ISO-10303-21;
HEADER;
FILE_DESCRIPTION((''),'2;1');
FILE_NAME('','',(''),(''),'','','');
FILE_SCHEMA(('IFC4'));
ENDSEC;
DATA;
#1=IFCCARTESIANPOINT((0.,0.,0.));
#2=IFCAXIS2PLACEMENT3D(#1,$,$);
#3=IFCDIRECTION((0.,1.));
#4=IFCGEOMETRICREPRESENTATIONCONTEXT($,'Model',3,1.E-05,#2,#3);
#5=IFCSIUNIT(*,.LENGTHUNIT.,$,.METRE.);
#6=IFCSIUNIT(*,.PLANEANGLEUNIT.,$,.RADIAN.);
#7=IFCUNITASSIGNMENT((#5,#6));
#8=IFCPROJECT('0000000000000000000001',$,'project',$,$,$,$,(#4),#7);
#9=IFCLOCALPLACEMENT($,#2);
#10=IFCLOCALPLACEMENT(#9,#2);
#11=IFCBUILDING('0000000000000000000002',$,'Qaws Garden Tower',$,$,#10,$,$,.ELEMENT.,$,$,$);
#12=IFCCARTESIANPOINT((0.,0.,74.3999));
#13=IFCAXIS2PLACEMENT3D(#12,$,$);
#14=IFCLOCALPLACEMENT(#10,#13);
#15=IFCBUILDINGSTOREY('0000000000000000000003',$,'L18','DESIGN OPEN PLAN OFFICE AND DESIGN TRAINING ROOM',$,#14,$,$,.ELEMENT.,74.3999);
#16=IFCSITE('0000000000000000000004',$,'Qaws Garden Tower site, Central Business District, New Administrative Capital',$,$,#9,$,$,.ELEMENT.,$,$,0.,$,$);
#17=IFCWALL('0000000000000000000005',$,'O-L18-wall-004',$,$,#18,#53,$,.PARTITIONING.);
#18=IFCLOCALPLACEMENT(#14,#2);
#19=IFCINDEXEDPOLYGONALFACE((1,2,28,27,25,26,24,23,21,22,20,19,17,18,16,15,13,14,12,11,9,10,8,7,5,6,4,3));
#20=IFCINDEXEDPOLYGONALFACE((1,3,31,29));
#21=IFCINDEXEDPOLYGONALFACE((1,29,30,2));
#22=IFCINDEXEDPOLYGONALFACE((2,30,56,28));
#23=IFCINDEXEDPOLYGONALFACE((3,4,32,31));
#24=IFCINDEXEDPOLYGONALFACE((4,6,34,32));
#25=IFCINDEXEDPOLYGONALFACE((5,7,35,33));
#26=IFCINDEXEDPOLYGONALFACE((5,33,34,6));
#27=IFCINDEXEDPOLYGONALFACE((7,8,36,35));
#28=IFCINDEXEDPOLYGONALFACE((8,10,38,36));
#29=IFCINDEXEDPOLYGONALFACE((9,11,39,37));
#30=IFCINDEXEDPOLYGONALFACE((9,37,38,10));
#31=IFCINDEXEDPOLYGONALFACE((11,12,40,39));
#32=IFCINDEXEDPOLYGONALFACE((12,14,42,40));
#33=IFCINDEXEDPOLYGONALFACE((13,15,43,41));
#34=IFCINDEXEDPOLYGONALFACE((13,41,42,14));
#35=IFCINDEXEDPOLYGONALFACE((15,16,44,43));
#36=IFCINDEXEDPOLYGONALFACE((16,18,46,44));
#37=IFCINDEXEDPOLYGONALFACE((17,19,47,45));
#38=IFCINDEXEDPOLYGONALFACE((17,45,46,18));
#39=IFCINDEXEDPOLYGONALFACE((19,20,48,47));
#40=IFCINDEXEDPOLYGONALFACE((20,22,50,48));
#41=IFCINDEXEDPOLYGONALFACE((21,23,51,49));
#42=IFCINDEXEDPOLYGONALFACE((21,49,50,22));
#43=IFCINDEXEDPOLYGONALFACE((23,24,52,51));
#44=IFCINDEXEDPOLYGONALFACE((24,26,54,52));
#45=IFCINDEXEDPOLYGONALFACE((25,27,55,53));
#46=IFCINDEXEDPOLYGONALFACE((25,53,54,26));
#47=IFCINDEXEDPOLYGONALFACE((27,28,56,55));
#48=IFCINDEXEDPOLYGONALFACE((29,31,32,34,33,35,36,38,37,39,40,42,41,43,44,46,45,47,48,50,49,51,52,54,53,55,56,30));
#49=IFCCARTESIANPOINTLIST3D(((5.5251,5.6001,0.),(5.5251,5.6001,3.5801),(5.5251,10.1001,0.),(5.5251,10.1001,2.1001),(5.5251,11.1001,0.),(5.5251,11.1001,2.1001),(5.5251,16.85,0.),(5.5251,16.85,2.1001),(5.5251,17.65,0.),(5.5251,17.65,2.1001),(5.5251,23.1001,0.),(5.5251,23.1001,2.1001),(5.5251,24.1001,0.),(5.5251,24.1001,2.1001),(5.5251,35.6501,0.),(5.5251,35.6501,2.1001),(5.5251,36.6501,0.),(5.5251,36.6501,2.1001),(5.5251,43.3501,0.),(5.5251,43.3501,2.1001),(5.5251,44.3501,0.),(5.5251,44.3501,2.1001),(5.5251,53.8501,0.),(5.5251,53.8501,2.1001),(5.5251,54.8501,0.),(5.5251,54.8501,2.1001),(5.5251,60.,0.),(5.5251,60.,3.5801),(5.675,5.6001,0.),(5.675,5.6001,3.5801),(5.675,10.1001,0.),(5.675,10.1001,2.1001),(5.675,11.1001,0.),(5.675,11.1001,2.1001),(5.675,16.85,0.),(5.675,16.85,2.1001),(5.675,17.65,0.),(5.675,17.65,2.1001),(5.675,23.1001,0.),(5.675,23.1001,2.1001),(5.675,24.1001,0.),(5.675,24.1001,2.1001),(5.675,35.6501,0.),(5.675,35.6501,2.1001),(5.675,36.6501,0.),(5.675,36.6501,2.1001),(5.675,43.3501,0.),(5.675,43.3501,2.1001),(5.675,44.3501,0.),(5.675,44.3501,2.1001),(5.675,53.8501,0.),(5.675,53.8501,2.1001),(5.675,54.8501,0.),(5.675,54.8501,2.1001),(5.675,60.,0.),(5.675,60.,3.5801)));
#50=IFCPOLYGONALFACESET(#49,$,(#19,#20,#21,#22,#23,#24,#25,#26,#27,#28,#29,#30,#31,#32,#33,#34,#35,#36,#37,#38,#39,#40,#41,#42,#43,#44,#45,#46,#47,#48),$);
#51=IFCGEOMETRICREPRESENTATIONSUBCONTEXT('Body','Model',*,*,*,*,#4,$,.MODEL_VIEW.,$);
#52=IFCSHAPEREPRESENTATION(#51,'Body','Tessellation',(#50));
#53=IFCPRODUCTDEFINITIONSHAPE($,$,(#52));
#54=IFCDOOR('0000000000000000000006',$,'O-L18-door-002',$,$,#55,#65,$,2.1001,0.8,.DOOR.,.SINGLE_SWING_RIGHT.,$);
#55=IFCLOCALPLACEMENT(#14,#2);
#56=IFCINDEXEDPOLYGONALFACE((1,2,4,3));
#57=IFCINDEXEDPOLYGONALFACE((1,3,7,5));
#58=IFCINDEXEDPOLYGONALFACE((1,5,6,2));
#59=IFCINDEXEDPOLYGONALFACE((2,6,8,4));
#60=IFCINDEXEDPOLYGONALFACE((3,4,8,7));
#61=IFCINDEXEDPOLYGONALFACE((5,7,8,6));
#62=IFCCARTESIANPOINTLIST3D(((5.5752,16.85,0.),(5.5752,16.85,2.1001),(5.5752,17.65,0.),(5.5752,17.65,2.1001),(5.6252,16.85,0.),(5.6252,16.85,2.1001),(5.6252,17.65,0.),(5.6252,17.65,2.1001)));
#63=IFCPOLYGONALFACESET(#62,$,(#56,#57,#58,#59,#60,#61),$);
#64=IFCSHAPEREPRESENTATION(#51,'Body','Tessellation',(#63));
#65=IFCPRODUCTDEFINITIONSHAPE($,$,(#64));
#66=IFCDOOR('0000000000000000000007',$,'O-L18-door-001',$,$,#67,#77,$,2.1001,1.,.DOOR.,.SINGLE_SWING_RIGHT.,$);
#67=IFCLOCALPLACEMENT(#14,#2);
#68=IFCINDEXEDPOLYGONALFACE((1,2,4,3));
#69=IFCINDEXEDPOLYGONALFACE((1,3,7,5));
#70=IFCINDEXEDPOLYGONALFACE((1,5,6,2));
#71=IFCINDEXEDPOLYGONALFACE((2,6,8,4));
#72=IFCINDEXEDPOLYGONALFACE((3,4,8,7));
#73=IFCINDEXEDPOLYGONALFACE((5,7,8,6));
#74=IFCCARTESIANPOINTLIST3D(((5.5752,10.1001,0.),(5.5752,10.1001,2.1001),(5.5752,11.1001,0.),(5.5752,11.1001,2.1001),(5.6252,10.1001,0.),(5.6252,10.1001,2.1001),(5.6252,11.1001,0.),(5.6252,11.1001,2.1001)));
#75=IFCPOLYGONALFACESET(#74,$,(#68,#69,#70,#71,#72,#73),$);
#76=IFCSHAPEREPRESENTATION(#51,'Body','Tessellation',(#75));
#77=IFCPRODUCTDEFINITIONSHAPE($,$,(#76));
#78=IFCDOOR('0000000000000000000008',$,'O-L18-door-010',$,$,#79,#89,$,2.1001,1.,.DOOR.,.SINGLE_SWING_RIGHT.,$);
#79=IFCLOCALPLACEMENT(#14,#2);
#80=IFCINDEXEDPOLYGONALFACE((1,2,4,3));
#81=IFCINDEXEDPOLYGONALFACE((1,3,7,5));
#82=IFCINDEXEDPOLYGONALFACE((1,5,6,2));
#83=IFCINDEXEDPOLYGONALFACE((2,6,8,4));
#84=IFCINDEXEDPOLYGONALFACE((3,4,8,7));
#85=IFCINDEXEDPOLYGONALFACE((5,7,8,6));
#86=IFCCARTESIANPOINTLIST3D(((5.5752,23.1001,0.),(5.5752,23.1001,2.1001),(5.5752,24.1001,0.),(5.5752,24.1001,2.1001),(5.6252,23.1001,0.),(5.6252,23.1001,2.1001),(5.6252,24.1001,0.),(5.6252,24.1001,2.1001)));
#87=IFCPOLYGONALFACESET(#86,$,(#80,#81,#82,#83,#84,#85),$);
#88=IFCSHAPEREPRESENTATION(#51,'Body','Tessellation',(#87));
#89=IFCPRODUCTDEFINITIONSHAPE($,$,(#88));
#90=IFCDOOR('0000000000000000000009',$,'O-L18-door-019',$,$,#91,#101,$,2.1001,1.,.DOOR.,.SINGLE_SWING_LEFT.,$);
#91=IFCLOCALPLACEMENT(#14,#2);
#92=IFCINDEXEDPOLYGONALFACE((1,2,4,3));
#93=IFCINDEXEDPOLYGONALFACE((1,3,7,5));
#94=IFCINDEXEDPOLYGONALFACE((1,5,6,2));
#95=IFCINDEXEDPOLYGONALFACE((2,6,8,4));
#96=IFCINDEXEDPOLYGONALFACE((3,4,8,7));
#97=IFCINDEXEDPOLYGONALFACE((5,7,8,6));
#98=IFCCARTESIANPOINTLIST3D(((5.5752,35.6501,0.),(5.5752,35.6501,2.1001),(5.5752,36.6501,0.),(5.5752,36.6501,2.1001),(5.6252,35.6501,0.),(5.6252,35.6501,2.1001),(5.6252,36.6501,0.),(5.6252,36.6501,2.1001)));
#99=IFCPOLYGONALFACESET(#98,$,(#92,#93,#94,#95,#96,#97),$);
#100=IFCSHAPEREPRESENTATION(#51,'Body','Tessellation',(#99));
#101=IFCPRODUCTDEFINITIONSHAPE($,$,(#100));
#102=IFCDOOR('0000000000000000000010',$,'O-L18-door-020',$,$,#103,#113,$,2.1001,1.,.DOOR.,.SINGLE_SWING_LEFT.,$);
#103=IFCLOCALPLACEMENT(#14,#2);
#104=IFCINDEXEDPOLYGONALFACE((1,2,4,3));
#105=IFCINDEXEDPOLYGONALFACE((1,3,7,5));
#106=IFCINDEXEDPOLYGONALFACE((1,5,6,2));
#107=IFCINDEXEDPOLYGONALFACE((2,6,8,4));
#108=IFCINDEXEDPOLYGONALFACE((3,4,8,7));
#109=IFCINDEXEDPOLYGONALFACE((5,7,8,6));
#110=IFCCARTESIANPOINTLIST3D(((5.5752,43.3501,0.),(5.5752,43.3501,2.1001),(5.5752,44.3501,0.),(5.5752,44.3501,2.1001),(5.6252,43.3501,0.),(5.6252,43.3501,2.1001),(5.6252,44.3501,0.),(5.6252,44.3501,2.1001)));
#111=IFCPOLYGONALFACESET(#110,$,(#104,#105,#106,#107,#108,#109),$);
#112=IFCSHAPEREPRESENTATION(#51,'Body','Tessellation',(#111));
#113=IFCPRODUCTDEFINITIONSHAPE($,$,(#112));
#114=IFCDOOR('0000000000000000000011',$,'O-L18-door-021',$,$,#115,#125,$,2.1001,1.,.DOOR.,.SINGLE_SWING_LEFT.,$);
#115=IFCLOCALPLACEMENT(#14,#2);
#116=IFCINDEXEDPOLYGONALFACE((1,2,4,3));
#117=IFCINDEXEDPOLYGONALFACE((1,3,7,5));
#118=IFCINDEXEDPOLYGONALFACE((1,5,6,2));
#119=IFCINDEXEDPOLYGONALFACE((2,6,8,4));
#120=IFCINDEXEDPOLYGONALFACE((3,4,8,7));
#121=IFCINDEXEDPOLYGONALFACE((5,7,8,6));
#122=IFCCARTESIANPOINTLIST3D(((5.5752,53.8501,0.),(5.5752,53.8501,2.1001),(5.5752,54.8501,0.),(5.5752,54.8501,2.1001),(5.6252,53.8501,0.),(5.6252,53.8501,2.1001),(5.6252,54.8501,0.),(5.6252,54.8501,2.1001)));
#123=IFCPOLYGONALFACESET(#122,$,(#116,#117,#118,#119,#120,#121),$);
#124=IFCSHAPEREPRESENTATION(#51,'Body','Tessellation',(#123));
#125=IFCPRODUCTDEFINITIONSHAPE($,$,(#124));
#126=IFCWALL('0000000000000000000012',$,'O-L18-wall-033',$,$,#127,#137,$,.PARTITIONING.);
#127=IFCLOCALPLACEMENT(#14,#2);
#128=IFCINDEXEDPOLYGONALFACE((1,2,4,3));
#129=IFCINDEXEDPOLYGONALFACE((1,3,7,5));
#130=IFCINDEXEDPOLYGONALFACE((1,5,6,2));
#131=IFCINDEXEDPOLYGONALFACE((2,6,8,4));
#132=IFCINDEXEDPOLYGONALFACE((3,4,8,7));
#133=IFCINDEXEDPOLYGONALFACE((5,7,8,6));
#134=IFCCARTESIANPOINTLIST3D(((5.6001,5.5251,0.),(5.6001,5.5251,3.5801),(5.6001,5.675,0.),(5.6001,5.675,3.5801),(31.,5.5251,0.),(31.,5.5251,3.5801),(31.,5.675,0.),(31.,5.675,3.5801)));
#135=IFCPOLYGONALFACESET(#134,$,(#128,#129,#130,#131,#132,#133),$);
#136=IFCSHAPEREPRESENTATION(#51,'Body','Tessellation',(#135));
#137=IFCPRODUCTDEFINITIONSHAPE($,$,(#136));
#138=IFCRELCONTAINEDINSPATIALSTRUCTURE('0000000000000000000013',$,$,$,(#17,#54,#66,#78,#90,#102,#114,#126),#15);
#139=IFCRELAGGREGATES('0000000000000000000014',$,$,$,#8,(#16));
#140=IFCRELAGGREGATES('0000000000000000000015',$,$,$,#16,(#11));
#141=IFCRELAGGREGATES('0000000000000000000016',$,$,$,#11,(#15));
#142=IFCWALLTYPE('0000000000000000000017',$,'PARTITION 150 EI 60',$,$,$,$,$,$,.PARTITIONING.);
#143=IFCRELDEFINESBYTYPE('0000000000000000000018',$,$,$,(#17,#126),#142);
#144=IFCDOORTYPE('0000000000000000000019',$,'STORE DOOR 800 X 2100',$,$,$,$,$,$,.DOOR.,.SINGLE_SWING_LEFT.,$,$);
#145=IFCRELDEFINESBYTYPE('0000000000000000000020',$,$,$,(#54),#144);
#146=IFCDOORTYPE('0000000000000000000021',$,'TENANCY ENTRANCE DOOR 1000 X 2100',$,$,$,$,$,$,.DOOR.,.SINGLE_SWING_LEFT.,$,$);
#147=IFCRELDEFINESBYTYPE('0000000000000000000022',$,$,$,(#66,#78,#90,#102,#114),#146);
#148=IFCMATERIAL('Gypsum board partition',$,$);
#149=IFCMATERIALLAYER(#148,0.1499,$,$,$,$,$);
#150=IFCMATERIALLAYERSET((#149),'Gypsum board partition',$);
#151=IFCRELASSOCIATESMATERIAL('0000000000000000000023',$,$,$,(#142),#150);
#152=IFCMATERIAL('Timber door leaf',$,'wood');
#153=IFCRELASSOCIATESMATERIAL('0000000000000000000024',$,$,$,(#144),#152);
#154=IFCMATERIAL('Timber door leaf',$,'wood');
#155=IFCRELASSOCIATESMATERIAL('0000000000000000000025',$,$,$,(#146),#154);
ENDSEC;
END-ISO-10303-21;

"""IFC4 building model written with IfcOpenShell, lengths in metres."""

from ifc_helpers import new_model, si_unit, direction, frame, frame_2d, origin, place, context, subcontext, project, spatial, rectangle, extrude, material, layer, layer_set, type_object, element, fill, save


model = new_model("IFC4")

# Units and contexts
model_context = context("Model", 3, precision=1e-05, world=origin(), true_north=direction((0.0, 1.0)))
body_context = subcontext(model_context, "Body", "Model", "MODEL_VIEW")
ifc_project = project(units=[si_unit("LENGTHUNIT", "METRE"), si_unit("PLANEANGLEUNIT", "RADIAN")], contexts=[model_context])

# Site, building, storey
site_placement = place(None, origin())
site = spatial("IfcSite", under=ifc_project, at=site_placement, Name="Qaws Garden Tower site, Central Business District, New Administrative Capital", CompositionType="ELEMENT", RefElevation=0.0)
building_placement = place(site_placement, origin())
building = spatial("IfcBuilding", under=site, at=building_placement, Name="Qaws Garden Tower", CompositionType="ELEMENT")
storey_placement = place(building_placement, frame((0.0, 0.0, 74.3999)))
storey = spatial("IfcBuildingStorey", under=building, at=storey_placement, Name="L18", Description="DESIGN OPEN PLAN OFFICE AND DESIGN TRAINING ROOM", CompositionType="ELEMENT", Elevation=74.3999)

# Wall, openings, doors
ifc_material_1 = material(Name="Gypsum board partition")
ifc_layer_1 = layer(ifc_material_1, 0.1499)
ifc_layer_set_1 = layer_set([ifc_layer_1], Name="Gypsum board partition")
wall_type_1 = type_object("IfcWallType", Name="PARTITION 150 EI 60", PredefinedType="PARTITIONING", material=ifc_layer_set_1)
wall_1_placement = place(storey_placement, frame((5.6001, 5.6001, 0.0), z_axis=(0.0, 0.0, 1.0), x_axis=(0.0, 1.0, 0.0)))
wall_1 = element("IfcWall", 1, at=wall_1_placement, inside=storey, type_object=wall_type_1, Name="O-L18-wall-004", PredefinedType="PARTITIONING", context=body_context, shape_type="SweptSolid", body=[
    extrude(rectangle(XDim=54.3999, YDim=0.1499, at=frame_2d((27.2, 0.0))), origin(), (0.0, 0.0, 1.0), 3.5801),
])
opening_1_placement = place(wall_1_placement, frame((4.5, 0.0, 0.0)))
opening_1 = element("IfcOpeningElement", 2, at=opening_1_placement, cuts=wall_1, PredefinedType="OPENING", context=body_context, shape_type="SweptSolid", body=[
    extrude(rectangle(XDim=1.0, YDim=2.1001, at=frame_2d((0.5, 1.05))), frame((0.0, 0.085, 0.0), z_axis=(0.0, -1.0, 0.0), x_axis=(1.0, 0.0, 0.0)), (0.0, 0.0, 1.0), 0.1699),
])
opening_2_placement = place(wall_1_placement, frame((11.25, 0.0, 0.0)))
opening_2 = element("IfcOpeningElement", 3, at=opening_2_placement, cuts=wall_1, PredefinedType="OPENING", context=body_context, shape_type="SweptSolid", body=[
    extrude(rectangle(XDim=0.8, YDim=2.1001, at=frame_2d((0.3999, 1.05))), frame((0.0, 0.085, 0.0), z_axis=(0.0, -1.0, 0.0), x_axis=(1.0, 0.0, 0.0)), (0.0, 0.0, 1.0), 0.1699),
])
opening_3_placement = place(wall_1_placement, frame((17.5, 0.0, 0.0)))
opening_3 = element("IfcOpeningElement", 4, at=opening_3_placement, cuts=wall_1, PredefinedType="OPENING", context=body_context, shape_type="SweptSolid", body=[
    extrude(rectangle(XDim=1.0, YDim=2.1001, at=frame_2d((0.5, 1.05))), frame((0.0, 0.085, 0.0), z_axis=(0.0, -1.0, 0.0), x_axis=(1.0, 0.0, 0.0)), (0.0, 0.0, 1.0), 0.1699),
])
opening_4_placement = place(wall_1_placement, frame((30.05, 0.0, 0.0)))
opening_4 = element("IfcOpeningElement", 5, at=opening_4_placement, cuts=wall_1, PredefinedType="OPENING", context=body_context, shape_type="SweptSolid", body=[
    extrude(rectangle(XDim=1.0, YDim=2.1001, at=frame_2d((0.5, 1.05))), frame((0.0, 0.085, 0.0), z_axis=(0.0, -1.0, 0.0), x_axis=(1.0, 0.0, 0.0)), (0.0, 0.0, 1.0), 0.1699),
])
opening_5_placement = place(wall_1_placement, frame((37.75, 0.0, 0.0)))
opening_5 = element("IfcOpeningElement", 6, at=opening_5_placement, cuts=wall_1, PredefinedType="OPENING", context=body_context, shape_type="SweptSolid", body=[
    extrude(rectangle(XDim=1.0, YDim=2.1001, at=frame_2d((0.5, 1.05))), frame((0.0, 0.085, 0.0), z_axis=(0.0, -1.0, 0.0), x_axis=(1.0, 0.0, 0.0)), (0.0, 0.0, 1.0), 0.1699),
])
opening_6_placement = place(wall_1_placement, frame((48.25, 0.0, 0.0)))
opening_6 = element("IfcOpeningElement", 7, at=opening_6_placement, cuts=wall_1, PredefinedType="OPENING", context=body_context, shape_type="SweptSolid", body=[
    extrude(rectangle(XDim=1.0, YDim=2.1001, at=frame_2d((0.5, 1.05))), frame((0.0, 0.085, 0.0), z_axis=(0.0, -1.0, 0.0), x_axis=(1.0, 0.0, 0.0)), (0.0, 0.0, 1.0), 0.1699),
])
ifc_material_2 = material(Name="Timber door leaf", Category="wood")
door_type_1 = type_object("IfcDoorType", Name="STORE DOOR 800 X 2100", OperationType="SINGLE_SWING_LEFT", PredefinedType="DOOR", material=ifc_material_2)
door_1_placement = place(opening_2_placement, origin())
door_1 = element("IfcDoor", 8, at=door_1_placement, inside=storey, type_object=door_type_1, Name="O-L18-door-002", OperationType="SINGLE_SWING_RIGHT", OverallHeight=2.1001, OverallWidth=0.8, PredefinedType="DOOR", context=body_context, shape_type="SweptSolid", body=[
    extrude(rectangle(XDim=0.8, YDim=2.1001, at=frame_2d((0.3999, 1.05))), frame((0.0, 0.0249, 0.0), z_axis=(0.0, -1.0, 0.0), x_axis=(1.0, 0.0, 0.0)), (0.0, 0.0, 1.0), 0.05),
])
fill(opening_2, door_1)
ifc_material_3 = material(Name="Timber door leaf", Category="wood")
door_type_2 = type_object("IfcDoorType", Name="TENANCY ENTRANCE DOOR 1000 X 2100", OperationType="SINGLE_SWING_LEFT", PredefinedType="DOOR", material=ifc_material_3)
door_2_placement = place(opening_1_placement, origin())
door_2 = element("IfcDoor", 9, at=door_2_placement, inside=storey, type_object=door_type_2, Name="O-L18-door-001", OperationType="SINGLE_SWING_RIGHT", OverallHeight=2.1001, OverallWidth=1.0, PredefinedType="DOOR", context=body_context, shape_type="SweptSolid", body=[
    extrude(rectangle(XDim=1.0, YDim=2.1001, at=frame_2d((0.5, 1.05))), frame((0.0, 0.0249, 0.0), z_axis=(0.0, -1.0, 0.0), x_axis=(1.0, 0.0, 0.0)), (0.0, 0.0, 1.0), 0.05),
])
fill(opening_1, door_2)
door_3_placement = place(opening_3_placement, origin())
door_3 = element("IfcDoor", 10, at=door_3_placement, inside=storey, type_object=door_type_2, Name="O-L18-door-010", OperationType="SINGLE_SWING_RIGHT", OverallHeight=2.1001, OverallWidth=1.0, PredefinedType="DOOR", context=body_context, shape_type="SweptSolid", body=[
    extrude(rectangle(XDim=1.0, YDim=2.1001, at=frame_2d((0.5, 1.05))), frame((0.0, 0.0249, 0.0), z_axis=(0.0, -1.0, 0.0), x_axis=(1.0, 0.0, 0.0)), (0.0, 0.0, 1.0), 0.05),
])
fill(opening_3, door_3)
door_4_placement = place(opening_4_placement, origin())
door_4 = element("IfcDoor", 11, at=door_4_placement, inside=storey, type_object=door_type_2, Name="O-L18-door-019", OperationType="SINGLE_SWING_LEFT", OverallHeight=2.1001, OverallWidth=1.0, PredefinedType="DOOR", context=body_context, shape_type="SweptSolid", body=[
    extrude(rectangle(XDim=1.0, YDim=2.1001, at=frame_2d((0.5, 1.05))), frame((0.0, 0.0249, 0.0), z_axis=(0.0, -1.0, 0.0), x_axis=(1.0, 0.0, 0.0)), (0.0, 0.0, 1.0), 0.05),
])
fill(opening_4, door_4)
door_5_placement = place(opening_5_placement, origin())
door_5 = element("IfcDoor", 12, at=door_5_placement, inside=storey, type_object=door_type_2, Name="O-L18-door-020", OperationType="SINGLE_SWING_LEFT", OverallHeight=2.1001, OverallWidth=1.0, PredefinedType="DOOR", context=body_context, shape_type="SweptSolid", body=[
    extrude(rectangle(XDim=1.0, YDim=2.1001, at=frame_2d((0.5, 1.05))), frame((0.0, 0.0249, 0.0), z_axis=(0.0, -1.0, 0.0), x_axis=(1.0, 0.0, 0.0)), (0.0, 0.0, 1.0), 0.05),
])
fill(opening_5, door_5)
door_6_placement = place(opening_6_placement, origin())
door_6 = element("IfcDoor", 13, at=door_6_placement, inside=storey, type_object=door_type_2, Name="O-L18-door-021", OperationType="SINGLE_SWING_LEFT", OverallHeight=2.1001, OverallWidth=1.0, PredefinedType="DOOR", context=body_context, shape_type="SweptSolid", body=[
    extrude(rectangle(XDim=1.0, YDim=2.1001, at=frame_2d((0.5, 1.05))), frame((0.0, 0.0249, 0.0), z_axis=(0.0, -1.0, 0.0), x_axis=(1.0, 0.0, 0.0)), (0.0, 0.0, 1.0), 0.05),
])
fill(opening_6, door_6)

# Wall
wall_2_placement = place(storey_placement, frame((5.6001, 5.6001, 0.0), z_axis=(0.0, 0.0, 1.0), x_axis=(1.0, 0.0, 0.0)))
element("IfcWall", 14, at=wall_2_placement, inside=storey, type_object=wall_type_1, Name="O-L18-wall-033", PredefinedType="PARTITIONING", context=body_context, shape_type="SweptSolid", body=[
    extrude(rectangle(XDim=25.3999, YDim=0.1499, at=frame_2d((12.7, 0.0))), origin(), (0.0, 0.0, 1.0), 3.5801),
])

save(model, "model.ifc")
